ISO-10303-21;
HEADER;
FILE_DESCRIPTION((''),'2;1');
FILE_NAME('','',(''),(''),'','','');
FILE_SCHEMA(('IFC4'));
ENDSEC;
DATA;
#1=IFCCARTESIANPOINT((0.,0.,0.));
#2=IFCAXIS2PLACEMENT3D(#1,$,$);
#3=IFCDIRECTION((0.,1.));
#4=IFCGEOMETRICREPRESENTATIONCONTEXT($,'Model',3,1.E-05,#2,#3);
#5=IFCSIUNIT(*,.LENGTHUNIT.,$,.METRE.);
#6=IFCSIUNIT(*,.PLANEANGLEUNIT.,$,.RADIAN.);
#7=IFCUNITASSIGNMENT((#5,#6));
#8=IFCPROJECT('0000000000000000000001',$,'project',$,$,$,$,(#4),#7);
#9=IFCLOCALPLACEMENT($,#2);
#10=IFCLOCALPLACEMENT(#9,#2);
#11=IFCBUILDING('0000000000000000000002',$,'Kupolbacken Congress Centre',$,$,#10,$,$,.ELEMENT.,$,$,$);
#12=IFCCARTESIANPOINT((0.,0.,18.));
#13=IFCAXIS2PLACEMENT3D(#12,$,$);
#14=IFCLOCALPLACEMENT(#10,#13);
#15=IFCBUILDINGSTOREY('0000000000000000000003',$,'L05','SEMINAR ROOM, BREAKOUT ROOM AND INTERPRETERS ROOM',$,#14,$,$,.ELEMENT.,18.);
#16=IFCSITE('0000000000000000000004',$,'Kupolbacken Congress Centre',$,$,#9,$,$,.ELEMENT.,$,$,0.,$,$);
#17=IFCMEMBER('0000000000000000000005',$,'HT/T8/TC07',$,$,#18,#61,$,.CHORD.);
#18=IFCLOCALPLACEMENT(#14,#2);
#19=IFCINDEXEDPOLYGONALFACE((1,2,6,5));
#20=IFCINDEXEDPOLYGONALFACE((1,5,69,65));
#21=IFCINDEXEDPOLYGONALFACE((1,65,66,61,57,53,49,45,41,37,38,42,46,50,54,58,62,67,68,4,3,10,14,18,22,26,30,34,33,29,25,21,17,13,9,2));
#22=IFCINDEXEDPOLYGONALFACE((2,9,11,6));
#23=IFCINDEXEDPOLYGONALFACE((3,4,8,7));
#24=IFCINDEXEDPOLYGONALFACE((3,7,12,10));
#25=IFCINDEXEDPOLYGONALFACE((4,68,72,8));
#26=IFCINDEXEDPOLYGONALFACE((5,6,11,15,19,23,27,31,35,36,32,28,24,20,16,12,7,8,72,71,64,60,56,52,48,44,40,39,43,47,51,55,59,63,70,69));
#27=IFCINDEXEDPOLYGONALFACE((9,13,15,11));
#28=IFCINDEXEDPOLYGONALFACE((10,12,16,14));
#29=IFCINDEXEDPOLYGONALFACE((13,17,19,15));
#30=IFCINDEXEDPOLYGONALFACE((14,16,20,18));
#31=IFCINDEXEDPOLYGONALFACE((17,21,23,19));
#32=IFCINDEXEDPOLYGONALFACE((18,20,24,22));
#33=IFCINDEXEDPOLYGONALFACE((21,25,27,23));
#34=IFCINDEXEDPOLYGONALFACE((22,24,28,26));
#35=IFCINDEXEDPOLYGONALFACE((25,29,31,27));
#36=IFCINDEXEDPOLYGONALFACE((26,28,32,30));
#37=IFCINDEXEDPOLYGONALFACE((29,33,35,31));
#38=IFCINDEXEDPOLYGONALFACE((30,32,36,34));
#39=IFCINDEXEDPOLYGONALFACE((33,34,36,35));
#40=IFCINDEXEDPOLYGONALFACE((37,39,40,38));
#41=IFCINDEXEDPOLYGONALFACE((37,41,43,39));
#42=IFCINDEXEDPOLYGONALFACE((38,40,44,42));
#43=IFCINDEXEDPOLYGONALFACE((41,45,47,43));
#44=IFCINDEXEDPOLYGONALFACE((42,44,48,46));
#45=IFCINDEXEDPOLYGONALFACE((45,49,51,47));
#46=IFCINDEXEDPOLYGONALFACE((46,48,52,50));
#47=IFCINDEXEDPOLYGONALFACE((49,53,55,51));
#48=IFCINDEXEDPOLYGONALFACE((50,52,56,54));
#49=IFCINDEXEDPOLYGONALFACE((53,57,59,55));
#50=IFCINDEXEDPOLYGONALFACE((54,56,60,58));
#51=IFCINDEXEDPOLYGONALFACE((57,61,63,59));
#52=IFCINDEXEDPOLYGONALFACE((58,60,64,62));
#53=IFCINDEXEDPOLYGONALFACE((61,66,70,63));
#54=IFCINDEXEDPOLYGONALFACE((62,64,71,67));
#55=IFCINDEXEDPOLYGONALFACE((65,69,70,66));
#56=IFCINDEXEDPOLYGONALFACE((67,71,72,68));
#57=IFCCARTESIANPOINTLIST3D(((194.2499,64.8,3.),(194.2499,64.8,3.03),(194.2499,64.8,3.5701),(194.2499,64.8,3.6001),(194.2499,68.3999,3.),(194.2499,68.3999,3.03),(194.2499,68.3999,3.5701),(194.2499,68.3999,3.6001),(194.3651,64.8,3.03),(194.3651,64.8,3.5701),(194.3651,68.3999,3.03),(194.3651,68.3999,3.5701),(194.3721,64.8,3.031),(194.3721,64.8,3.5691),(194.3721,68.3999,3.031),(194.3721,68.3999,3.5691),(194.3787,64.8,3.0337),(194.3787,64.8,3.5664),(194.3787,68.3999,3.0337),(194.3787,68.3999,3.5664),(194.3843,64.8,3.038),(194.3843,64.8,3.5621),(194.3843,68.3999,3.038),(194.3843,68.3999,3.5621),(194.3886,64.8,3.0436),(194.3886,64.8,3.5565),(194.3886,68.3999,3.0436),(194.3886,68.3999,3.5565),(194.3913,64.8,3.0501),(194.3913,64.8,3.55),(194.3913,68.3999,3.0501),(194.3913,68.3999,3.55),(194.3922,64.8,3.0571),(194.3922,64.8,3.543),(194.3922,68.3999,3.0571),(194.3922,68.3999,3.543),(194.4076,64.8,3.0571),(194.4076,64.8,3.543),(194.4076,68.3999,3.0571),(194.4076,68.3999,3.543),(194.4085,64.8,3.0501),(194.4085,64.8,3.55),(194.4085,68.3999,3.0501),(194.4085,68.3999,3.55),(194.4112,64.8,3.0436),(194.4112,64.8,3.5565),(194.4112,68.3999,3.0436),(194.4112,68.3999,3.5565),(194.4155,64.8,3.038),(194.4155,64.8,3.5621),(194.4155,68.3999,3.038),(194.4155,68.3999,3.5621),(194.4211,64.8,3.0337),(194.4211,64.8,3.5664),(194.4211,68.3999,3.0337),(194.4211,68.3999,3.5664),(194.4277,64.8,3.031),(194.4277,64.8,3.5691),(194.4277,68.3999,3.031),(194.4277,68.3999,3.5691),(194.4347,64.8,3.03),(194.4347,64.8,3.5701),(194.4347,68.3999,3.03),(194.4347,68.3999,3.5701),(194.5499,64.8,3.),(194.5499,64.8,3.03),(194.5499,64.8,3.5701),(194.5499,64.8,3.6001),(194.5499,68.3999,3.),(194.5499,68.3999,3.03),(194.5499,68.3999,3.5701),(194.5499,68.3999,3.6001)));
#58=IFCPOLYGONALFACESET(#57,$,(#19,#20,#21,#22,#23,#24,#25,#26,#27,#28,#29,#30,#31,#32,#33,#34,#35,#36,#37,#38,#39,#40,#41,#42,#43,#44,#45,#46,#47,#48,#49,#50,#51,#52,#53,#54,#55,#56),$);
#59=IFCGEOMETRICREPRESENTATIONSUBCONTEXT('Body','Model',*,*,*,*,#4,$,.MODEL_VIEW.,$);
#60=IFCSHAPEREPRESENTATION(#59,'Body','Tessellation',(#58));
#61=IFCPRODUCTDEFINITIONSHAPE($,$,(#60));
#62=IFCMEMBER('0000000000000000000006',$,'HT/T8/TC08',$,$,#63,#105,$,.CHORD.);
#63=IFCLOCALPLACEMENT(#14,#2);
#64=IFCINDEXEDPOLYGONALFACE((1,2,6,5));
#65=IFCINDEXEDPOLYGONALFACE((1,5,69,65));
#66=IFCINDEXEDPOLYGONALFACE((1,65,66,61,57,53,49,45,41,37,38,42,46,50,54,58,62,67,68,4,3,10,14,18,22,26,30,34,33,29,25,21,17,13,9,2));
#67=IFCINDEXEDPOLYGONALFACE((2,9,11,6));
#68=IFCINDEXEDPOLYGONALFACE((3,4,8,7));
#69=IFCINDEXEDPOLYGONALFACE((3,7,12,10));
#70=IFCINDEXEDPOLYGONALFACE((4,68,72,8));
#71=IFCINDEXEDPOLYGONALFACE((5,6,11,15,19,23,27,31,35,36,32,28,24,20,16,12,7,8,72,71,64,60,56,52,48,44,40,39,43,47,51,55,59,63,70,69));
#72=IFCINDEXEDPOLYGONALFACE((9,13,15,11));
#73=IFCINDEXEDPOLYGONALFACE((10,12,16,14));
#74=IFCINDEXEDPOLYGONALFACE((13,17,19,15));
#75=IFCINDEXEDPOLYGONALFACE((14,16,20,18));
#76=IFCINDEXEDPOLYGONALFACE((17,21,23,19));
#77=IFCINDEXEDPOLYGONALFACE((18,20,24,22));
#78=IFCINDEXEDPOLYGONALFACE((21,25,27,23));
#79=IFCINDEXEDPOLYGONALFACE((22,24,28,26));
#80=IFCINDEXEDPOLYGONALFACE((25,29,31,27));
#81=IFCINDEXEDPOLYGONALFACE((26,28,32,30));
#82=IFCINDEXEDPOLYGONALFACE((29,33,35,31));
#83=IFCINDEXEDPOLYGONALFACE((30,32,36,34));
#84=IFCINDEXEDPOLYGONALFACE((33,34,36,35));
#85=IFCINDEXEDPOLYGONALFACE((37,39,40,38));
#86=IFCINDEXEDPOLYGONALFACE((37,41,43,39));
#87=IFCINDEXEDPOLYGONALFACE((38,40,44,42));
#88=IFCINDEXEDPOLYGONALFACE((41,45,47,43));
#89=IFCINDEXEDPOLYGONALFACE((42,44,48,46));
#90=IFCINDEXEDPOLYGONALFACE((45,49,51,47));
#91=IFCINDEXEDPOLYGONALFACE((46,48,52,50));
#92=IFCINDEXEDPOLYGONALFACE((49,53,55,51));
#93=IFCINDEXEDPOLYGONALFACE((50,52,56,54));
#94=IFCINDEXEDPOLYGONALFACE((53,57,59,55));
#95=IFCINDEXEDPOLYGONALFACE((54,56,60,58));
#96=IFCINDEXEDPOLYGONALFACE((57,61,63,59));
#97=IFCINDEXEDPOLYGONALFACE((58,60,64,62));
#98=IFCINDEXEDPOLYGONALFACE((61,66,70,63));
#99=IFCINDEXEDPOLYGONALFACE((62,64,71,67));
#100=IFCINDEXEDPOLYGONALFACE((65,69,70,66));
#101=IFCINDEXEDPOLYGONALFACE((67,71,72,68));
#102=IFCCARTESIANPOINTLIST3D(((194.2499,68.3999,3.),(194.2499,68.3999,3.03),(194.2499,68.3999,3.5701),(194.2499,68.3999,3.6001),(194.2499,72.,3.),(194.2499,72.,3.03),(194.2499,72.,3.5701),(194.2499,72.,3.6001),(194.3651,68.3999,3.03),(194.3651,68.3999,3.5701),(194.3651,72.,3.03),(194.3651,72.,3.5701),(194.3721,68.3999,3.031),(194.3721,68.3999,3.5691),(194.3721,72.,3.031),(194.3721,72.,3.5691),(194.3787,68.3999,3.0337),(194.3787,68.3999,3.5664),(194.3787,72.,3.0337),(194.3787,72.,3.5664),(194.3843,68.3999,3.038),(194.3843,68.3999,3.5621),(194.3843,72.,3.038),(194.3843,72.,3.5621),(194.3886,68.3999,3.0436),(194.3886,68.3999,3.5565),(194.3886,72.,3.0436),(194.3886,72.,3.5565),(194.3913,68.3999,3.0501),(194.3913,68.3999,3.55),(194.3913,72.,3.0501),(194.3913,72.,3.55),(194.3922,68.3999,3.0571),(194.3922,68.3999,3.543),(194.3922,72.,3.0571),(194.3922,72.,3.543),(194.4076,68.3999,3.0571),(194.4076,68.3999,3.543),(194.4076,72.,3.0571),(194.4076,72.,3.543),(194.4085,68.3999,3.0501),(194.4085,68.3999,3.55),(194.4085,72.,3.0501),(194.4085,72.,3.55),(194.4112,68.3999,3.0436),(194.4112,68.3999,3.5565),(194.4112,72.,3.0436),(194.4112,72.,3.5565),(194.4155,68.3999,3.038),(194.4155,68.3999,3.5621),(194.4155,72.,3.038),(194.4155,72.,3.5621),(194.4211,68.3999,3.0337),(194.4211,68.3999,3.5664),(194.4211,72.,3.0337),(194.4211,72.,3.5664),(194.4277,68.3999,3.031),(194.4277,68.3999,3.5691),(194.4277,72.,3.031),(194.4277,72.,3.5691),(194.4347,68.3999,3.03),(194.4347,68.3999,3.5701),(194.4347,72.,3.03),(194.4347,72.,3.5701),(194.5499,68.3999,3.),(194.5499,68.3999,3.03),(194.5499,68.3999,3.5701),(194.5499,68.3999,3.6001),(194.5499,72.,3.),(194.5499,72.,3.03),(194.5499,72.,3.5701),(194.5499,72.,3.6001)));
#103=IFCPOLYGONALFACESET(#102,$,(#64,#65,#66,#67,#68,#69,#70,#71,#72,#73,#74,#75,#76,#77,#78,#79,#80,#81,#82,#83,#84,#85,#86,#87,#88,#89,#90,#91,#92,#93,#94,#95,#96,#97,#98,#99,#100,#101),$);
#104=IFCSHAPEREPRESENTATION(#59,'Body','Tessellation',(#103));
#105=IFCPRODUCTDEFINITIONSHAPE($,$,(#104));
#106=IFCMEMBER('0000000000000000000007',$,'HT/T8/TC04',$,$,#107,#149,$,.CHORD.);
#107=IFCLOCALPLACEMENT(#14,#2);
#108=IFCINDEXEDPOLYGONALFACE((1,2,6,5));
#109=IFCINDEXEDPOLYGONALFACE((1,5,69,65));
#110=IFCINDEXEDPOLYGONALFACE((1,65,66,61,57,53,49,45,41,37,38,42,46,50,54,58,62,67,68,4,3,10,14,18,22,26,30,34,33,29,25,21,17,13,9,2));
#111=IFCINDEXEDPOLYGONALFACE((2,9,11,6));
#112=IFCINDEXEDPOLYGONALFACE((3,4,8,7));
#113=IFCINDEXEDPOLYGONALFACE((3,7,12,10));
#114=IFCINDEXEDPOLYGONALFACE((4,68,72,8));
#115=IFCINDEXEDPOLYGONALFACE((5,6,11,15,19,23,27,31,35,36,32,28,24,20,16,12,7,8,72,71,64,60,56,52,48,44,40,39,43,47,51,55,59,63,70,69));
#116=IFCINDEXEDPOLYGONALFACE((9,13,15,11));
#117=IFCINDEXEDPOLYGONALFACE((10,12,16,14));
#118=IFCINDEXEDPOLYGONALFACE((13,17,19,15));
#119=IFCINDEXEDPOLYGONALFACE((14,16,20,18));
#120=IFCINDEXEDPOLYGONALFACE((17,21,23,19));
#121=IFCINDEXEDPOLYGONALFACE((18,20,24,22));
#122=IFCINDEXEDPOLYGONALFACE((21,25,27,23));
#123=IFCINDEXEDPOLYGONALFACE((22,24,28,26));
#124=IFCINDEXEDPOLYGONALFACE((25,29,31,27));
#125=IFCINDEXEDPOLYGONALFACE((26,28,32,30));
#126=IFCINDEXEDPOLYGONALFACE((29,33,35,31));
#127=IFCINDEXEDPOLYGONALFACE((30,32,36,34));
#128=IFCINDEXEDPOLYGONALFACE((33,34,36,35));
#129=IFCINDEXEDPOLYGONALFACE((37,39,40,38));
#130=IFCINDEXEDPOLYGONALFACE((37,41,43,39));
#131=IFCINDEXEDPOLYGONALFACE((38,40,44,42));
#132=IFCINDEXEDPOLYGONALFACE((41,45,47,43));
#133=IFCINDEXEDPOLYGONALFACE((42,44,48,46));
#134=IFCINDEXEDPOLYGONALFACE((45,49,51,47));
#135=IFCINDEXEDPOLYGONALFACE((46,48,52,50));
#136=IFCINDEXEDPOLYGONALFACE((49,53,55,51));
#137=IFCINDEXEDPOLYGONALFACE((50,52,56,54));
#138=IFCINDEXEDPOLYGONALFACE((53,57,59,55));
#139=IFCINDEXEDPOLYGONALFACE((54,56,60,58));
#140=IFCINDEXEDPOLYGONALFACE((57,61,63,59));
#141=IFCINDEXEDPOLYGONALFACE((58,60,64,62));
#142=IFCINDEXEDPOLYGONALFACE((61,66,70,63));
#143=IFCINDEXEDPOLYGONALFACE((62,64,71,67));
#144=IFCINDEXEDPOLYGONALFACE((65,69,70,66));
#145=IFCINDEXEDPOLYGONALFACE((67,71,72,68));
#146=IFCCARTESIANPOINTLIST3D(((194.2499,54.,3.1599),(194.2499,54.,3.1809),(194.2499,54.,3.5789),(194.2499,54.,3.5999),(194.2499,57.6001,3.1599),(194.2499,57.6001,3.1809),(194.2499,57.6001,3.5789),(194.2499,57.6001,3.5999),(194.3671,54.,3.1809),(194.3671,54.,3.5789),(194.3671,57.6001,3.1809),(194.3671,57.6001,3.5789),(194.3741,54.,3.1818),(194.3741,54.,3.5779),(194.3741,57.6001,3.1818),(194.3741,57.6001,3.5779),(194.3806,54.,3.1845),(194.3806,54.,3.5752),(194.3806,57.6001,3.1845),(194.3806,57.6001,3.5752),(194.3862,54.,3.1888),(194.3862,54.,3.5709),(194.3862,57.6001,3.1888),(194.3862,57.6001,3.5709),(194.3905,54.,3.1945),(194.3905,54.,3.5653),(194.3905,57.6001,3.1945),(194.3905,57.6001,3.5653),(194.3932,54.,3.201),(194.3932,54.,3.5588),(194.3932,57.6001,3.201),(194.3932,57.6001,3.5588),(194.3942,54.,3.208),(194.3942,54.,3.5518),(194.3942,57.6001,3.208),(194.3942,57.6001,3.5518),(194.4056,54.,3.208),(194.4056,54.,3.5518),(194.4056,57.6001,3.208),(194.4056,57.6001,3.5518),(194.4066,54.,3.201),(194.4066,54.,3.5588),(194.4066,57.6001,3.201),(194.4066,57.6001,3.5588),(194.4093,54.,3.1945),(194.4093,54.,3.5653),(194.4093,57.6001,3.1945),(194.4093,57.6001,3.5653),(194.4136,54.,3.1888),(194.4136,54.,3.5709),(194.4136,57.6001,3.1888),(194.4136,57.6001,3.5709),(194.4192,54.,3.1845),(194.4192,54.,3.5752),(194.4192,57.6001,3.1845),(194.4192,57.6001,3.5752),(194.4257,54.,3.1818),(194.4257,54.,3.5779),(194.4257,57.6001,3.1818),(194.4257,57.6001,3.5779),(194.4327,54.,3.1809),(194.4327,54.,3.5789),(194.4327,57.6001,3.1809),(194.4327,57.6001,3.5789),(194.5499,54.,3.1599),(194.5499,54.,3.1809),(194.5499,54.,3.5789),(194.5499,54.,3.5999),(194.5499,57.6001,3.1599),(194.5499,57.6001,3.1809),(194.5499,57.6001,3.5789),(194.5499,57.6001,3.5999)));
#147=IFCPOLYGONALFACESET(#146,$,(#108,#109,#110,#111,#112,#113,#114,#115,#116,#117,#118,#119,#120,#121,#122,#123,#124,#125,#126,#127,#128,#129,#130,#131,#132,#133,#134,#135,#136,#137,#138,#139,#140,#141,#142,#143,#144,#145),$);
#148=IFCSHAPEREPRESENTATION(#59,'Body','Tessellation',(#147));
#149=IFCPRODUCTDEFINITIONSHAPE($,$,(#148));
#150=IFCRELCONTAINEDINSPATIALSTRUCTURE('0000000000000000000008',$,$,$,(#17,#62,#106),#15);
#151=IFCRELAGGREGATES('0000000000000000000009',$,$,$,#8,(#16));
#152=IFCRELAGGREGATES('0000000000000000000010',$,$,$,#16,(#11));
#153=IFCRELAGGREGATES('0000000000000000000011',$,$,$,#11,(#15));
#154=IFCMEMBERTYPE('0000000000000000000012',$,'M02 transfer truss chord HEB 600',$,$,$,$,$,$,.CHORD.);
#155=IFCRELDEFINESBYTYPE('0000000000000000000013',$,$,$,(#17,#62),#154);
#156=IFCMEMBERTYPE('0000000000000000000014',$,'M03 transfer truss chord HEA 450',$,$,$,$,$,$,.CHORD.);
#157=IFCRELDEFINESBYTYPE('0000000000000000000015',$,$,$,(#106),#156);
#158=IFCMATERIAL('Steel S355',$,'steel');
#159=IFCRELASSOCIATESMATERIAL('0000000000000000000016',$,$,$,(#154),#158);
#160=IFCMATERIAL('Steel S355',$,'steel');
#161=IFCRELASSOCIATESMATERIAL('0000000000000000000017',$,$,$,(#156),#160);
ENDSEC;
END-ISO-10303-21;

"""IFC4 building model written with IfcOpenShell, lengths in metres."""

from ifc_helpers import new_model, si_unit, direction, frame, origin, origin_2d, place, context, subcontext, project, spatial, i_section, extrude, material, material_profile, profile_set, type_object, element, save


model = new_model("IFC4")

# Units and contexts
model_context = context("Model", 3, precision=1e-05, world=origin(), true_north=direction((0.0, 1.0)))
body_context = subcontext(model_context, "Body", "Model", "MODEL_VIEW")
ifc_project = project(units=[si_unit("LENGTHUNIT", "METRE"), si_unit("PLANEANGLEUNIT", "RADIAN")], contexts=[model_context])

# Site, building, storey
site_placement = place(None, origin())
site = spatial("IfcSite", under=ifc_project, at=site_placement, Name="Kupolbacken Congress Centre", CompositionType="ELEMENT", RefElevation=0.0)
building_placement = place(site_placement, origin())
building = spatial("IfcBuilding", under=site, at=building_placement, Name="Kupolbacken Congress Centre", CompositionType="ELEMENT")
storey_placement = place(building_placement, frame((0.0, 0.0, 18.0)))
storey = spatial("IfcBuildingStorey", under=building, at=storey_placement, Name="L05", Description="SEMINAR ROOM, BREAKOUT ROOM AND INTERPRETERS ROOM", CompositionType="ELEMENT", Elevation=18.0)

# Members
ifc_material_1 = material(Name="Steel S355", Category="steel")
ifc_material_profile_1 = material_profile(ifc_material_1, i_section(OverallWidth=0.3, OverallDepth=0.6001, WebThickness=0.0154, FlangeThickness=0.03, FilletRadius=0.0271, at=origin_2d()), Name="HEB 600")
ifc_profile_set_1 = profile_set([ifc_material_profile_1], Name="Steel S355")
member_type_1 = type_object("IfcMemberType", Name="M02 transfer truss chord HEB 600", PredefinedType="CHORD", material=ifc_profile_set_1)
member_1_placement = place(storey_placement, frame((194.3999, 64.8, 3.3), z_axis=(0.0, 1.0, 0.0), x_axis=(-1.0, 0.0, 0.0)))
element("IfcMember", 1, at=member_1_placement, inside=storey, type_object=member_type_1, Name="HT/T8/TC07", PredefinedType="CHORD", context=body_context, shape_type="SweptSolid", body=[
    extrude(i_section(OverallWidth=0.3, OverallDepth=0.6001, WebThickness=0.0154, FlangeThickness=0.03, FilletRadius=0.0271, at=origin_2d()), origin(), (0.0, 0.0, 1.0), 3.5999),
])
member_2_placement = place(storey_placement, frame((194.3999, 68.3999, 3.3), z_axis=(0.0, 1.0, 0.0), x_axis=(-1.0, 0.0, 0.0)))
element("IfcMember", 2, at=member_2_placement, inside=storey, type_object=member_type_1, Name="HT/T8/TC08", PredefinedType="CHORD", context=body_context, shape_type="SweptSolid", body=[
    extrude(i_section(OverallWidth=0.3, OverallDepth=0.6001, WebThickness=0.0154, FlangeThickness=0.03, FilletRadius=0.0271, at=origin_2d()), origin(), (0.0, 0.0, 1.0), 3.6001),
])
ifc_material_2 = material(Name="Steel S355", Category="steel")
ifc_material_profile_2 = material_profile(ifc_material_2, i_section(OverallWidth=0.3, OverallDepth=0.4399, WebThickness=0.0115, FlangeThickness=0.021, FilletRadius=0.0271, at=origin_2d()), Name="HEA 450")
ifc_profile_set_2 = profile_set([ifc_material_profile_2], Name="Steel S355")
member_type_2 = type_object("IfcMemberType", Name="M03 transfer truss chord HEA 450", PredefinedType="CHORD", material=ifc_profile_set_2)
member_3_placement = place(storey_placement, frame((194.3999, 54.0, 3.3799), z_axis=(0.0, 1.0, 0.0), x_axis=(-1.0, 0.0, 0.0)))
element("IfcMember", 3, at=member_3_placement, inside=storey, type_object=member_type_2, Name="HT/T8/TC04", PredefinedType="CHORD", context=body_context, shape_type="SweptSolid", body=[
    extrude(i_section(OverallWidth=0.3, OverallDepth=0.4399, WebThickness=0.0115, FlangeThickness=0.021, FilletRadius=0.0271, at=origin_2d()), origin(), (0.0, 0.0, 1.0), 3.6001),
])

save(model, "model.ifc")
